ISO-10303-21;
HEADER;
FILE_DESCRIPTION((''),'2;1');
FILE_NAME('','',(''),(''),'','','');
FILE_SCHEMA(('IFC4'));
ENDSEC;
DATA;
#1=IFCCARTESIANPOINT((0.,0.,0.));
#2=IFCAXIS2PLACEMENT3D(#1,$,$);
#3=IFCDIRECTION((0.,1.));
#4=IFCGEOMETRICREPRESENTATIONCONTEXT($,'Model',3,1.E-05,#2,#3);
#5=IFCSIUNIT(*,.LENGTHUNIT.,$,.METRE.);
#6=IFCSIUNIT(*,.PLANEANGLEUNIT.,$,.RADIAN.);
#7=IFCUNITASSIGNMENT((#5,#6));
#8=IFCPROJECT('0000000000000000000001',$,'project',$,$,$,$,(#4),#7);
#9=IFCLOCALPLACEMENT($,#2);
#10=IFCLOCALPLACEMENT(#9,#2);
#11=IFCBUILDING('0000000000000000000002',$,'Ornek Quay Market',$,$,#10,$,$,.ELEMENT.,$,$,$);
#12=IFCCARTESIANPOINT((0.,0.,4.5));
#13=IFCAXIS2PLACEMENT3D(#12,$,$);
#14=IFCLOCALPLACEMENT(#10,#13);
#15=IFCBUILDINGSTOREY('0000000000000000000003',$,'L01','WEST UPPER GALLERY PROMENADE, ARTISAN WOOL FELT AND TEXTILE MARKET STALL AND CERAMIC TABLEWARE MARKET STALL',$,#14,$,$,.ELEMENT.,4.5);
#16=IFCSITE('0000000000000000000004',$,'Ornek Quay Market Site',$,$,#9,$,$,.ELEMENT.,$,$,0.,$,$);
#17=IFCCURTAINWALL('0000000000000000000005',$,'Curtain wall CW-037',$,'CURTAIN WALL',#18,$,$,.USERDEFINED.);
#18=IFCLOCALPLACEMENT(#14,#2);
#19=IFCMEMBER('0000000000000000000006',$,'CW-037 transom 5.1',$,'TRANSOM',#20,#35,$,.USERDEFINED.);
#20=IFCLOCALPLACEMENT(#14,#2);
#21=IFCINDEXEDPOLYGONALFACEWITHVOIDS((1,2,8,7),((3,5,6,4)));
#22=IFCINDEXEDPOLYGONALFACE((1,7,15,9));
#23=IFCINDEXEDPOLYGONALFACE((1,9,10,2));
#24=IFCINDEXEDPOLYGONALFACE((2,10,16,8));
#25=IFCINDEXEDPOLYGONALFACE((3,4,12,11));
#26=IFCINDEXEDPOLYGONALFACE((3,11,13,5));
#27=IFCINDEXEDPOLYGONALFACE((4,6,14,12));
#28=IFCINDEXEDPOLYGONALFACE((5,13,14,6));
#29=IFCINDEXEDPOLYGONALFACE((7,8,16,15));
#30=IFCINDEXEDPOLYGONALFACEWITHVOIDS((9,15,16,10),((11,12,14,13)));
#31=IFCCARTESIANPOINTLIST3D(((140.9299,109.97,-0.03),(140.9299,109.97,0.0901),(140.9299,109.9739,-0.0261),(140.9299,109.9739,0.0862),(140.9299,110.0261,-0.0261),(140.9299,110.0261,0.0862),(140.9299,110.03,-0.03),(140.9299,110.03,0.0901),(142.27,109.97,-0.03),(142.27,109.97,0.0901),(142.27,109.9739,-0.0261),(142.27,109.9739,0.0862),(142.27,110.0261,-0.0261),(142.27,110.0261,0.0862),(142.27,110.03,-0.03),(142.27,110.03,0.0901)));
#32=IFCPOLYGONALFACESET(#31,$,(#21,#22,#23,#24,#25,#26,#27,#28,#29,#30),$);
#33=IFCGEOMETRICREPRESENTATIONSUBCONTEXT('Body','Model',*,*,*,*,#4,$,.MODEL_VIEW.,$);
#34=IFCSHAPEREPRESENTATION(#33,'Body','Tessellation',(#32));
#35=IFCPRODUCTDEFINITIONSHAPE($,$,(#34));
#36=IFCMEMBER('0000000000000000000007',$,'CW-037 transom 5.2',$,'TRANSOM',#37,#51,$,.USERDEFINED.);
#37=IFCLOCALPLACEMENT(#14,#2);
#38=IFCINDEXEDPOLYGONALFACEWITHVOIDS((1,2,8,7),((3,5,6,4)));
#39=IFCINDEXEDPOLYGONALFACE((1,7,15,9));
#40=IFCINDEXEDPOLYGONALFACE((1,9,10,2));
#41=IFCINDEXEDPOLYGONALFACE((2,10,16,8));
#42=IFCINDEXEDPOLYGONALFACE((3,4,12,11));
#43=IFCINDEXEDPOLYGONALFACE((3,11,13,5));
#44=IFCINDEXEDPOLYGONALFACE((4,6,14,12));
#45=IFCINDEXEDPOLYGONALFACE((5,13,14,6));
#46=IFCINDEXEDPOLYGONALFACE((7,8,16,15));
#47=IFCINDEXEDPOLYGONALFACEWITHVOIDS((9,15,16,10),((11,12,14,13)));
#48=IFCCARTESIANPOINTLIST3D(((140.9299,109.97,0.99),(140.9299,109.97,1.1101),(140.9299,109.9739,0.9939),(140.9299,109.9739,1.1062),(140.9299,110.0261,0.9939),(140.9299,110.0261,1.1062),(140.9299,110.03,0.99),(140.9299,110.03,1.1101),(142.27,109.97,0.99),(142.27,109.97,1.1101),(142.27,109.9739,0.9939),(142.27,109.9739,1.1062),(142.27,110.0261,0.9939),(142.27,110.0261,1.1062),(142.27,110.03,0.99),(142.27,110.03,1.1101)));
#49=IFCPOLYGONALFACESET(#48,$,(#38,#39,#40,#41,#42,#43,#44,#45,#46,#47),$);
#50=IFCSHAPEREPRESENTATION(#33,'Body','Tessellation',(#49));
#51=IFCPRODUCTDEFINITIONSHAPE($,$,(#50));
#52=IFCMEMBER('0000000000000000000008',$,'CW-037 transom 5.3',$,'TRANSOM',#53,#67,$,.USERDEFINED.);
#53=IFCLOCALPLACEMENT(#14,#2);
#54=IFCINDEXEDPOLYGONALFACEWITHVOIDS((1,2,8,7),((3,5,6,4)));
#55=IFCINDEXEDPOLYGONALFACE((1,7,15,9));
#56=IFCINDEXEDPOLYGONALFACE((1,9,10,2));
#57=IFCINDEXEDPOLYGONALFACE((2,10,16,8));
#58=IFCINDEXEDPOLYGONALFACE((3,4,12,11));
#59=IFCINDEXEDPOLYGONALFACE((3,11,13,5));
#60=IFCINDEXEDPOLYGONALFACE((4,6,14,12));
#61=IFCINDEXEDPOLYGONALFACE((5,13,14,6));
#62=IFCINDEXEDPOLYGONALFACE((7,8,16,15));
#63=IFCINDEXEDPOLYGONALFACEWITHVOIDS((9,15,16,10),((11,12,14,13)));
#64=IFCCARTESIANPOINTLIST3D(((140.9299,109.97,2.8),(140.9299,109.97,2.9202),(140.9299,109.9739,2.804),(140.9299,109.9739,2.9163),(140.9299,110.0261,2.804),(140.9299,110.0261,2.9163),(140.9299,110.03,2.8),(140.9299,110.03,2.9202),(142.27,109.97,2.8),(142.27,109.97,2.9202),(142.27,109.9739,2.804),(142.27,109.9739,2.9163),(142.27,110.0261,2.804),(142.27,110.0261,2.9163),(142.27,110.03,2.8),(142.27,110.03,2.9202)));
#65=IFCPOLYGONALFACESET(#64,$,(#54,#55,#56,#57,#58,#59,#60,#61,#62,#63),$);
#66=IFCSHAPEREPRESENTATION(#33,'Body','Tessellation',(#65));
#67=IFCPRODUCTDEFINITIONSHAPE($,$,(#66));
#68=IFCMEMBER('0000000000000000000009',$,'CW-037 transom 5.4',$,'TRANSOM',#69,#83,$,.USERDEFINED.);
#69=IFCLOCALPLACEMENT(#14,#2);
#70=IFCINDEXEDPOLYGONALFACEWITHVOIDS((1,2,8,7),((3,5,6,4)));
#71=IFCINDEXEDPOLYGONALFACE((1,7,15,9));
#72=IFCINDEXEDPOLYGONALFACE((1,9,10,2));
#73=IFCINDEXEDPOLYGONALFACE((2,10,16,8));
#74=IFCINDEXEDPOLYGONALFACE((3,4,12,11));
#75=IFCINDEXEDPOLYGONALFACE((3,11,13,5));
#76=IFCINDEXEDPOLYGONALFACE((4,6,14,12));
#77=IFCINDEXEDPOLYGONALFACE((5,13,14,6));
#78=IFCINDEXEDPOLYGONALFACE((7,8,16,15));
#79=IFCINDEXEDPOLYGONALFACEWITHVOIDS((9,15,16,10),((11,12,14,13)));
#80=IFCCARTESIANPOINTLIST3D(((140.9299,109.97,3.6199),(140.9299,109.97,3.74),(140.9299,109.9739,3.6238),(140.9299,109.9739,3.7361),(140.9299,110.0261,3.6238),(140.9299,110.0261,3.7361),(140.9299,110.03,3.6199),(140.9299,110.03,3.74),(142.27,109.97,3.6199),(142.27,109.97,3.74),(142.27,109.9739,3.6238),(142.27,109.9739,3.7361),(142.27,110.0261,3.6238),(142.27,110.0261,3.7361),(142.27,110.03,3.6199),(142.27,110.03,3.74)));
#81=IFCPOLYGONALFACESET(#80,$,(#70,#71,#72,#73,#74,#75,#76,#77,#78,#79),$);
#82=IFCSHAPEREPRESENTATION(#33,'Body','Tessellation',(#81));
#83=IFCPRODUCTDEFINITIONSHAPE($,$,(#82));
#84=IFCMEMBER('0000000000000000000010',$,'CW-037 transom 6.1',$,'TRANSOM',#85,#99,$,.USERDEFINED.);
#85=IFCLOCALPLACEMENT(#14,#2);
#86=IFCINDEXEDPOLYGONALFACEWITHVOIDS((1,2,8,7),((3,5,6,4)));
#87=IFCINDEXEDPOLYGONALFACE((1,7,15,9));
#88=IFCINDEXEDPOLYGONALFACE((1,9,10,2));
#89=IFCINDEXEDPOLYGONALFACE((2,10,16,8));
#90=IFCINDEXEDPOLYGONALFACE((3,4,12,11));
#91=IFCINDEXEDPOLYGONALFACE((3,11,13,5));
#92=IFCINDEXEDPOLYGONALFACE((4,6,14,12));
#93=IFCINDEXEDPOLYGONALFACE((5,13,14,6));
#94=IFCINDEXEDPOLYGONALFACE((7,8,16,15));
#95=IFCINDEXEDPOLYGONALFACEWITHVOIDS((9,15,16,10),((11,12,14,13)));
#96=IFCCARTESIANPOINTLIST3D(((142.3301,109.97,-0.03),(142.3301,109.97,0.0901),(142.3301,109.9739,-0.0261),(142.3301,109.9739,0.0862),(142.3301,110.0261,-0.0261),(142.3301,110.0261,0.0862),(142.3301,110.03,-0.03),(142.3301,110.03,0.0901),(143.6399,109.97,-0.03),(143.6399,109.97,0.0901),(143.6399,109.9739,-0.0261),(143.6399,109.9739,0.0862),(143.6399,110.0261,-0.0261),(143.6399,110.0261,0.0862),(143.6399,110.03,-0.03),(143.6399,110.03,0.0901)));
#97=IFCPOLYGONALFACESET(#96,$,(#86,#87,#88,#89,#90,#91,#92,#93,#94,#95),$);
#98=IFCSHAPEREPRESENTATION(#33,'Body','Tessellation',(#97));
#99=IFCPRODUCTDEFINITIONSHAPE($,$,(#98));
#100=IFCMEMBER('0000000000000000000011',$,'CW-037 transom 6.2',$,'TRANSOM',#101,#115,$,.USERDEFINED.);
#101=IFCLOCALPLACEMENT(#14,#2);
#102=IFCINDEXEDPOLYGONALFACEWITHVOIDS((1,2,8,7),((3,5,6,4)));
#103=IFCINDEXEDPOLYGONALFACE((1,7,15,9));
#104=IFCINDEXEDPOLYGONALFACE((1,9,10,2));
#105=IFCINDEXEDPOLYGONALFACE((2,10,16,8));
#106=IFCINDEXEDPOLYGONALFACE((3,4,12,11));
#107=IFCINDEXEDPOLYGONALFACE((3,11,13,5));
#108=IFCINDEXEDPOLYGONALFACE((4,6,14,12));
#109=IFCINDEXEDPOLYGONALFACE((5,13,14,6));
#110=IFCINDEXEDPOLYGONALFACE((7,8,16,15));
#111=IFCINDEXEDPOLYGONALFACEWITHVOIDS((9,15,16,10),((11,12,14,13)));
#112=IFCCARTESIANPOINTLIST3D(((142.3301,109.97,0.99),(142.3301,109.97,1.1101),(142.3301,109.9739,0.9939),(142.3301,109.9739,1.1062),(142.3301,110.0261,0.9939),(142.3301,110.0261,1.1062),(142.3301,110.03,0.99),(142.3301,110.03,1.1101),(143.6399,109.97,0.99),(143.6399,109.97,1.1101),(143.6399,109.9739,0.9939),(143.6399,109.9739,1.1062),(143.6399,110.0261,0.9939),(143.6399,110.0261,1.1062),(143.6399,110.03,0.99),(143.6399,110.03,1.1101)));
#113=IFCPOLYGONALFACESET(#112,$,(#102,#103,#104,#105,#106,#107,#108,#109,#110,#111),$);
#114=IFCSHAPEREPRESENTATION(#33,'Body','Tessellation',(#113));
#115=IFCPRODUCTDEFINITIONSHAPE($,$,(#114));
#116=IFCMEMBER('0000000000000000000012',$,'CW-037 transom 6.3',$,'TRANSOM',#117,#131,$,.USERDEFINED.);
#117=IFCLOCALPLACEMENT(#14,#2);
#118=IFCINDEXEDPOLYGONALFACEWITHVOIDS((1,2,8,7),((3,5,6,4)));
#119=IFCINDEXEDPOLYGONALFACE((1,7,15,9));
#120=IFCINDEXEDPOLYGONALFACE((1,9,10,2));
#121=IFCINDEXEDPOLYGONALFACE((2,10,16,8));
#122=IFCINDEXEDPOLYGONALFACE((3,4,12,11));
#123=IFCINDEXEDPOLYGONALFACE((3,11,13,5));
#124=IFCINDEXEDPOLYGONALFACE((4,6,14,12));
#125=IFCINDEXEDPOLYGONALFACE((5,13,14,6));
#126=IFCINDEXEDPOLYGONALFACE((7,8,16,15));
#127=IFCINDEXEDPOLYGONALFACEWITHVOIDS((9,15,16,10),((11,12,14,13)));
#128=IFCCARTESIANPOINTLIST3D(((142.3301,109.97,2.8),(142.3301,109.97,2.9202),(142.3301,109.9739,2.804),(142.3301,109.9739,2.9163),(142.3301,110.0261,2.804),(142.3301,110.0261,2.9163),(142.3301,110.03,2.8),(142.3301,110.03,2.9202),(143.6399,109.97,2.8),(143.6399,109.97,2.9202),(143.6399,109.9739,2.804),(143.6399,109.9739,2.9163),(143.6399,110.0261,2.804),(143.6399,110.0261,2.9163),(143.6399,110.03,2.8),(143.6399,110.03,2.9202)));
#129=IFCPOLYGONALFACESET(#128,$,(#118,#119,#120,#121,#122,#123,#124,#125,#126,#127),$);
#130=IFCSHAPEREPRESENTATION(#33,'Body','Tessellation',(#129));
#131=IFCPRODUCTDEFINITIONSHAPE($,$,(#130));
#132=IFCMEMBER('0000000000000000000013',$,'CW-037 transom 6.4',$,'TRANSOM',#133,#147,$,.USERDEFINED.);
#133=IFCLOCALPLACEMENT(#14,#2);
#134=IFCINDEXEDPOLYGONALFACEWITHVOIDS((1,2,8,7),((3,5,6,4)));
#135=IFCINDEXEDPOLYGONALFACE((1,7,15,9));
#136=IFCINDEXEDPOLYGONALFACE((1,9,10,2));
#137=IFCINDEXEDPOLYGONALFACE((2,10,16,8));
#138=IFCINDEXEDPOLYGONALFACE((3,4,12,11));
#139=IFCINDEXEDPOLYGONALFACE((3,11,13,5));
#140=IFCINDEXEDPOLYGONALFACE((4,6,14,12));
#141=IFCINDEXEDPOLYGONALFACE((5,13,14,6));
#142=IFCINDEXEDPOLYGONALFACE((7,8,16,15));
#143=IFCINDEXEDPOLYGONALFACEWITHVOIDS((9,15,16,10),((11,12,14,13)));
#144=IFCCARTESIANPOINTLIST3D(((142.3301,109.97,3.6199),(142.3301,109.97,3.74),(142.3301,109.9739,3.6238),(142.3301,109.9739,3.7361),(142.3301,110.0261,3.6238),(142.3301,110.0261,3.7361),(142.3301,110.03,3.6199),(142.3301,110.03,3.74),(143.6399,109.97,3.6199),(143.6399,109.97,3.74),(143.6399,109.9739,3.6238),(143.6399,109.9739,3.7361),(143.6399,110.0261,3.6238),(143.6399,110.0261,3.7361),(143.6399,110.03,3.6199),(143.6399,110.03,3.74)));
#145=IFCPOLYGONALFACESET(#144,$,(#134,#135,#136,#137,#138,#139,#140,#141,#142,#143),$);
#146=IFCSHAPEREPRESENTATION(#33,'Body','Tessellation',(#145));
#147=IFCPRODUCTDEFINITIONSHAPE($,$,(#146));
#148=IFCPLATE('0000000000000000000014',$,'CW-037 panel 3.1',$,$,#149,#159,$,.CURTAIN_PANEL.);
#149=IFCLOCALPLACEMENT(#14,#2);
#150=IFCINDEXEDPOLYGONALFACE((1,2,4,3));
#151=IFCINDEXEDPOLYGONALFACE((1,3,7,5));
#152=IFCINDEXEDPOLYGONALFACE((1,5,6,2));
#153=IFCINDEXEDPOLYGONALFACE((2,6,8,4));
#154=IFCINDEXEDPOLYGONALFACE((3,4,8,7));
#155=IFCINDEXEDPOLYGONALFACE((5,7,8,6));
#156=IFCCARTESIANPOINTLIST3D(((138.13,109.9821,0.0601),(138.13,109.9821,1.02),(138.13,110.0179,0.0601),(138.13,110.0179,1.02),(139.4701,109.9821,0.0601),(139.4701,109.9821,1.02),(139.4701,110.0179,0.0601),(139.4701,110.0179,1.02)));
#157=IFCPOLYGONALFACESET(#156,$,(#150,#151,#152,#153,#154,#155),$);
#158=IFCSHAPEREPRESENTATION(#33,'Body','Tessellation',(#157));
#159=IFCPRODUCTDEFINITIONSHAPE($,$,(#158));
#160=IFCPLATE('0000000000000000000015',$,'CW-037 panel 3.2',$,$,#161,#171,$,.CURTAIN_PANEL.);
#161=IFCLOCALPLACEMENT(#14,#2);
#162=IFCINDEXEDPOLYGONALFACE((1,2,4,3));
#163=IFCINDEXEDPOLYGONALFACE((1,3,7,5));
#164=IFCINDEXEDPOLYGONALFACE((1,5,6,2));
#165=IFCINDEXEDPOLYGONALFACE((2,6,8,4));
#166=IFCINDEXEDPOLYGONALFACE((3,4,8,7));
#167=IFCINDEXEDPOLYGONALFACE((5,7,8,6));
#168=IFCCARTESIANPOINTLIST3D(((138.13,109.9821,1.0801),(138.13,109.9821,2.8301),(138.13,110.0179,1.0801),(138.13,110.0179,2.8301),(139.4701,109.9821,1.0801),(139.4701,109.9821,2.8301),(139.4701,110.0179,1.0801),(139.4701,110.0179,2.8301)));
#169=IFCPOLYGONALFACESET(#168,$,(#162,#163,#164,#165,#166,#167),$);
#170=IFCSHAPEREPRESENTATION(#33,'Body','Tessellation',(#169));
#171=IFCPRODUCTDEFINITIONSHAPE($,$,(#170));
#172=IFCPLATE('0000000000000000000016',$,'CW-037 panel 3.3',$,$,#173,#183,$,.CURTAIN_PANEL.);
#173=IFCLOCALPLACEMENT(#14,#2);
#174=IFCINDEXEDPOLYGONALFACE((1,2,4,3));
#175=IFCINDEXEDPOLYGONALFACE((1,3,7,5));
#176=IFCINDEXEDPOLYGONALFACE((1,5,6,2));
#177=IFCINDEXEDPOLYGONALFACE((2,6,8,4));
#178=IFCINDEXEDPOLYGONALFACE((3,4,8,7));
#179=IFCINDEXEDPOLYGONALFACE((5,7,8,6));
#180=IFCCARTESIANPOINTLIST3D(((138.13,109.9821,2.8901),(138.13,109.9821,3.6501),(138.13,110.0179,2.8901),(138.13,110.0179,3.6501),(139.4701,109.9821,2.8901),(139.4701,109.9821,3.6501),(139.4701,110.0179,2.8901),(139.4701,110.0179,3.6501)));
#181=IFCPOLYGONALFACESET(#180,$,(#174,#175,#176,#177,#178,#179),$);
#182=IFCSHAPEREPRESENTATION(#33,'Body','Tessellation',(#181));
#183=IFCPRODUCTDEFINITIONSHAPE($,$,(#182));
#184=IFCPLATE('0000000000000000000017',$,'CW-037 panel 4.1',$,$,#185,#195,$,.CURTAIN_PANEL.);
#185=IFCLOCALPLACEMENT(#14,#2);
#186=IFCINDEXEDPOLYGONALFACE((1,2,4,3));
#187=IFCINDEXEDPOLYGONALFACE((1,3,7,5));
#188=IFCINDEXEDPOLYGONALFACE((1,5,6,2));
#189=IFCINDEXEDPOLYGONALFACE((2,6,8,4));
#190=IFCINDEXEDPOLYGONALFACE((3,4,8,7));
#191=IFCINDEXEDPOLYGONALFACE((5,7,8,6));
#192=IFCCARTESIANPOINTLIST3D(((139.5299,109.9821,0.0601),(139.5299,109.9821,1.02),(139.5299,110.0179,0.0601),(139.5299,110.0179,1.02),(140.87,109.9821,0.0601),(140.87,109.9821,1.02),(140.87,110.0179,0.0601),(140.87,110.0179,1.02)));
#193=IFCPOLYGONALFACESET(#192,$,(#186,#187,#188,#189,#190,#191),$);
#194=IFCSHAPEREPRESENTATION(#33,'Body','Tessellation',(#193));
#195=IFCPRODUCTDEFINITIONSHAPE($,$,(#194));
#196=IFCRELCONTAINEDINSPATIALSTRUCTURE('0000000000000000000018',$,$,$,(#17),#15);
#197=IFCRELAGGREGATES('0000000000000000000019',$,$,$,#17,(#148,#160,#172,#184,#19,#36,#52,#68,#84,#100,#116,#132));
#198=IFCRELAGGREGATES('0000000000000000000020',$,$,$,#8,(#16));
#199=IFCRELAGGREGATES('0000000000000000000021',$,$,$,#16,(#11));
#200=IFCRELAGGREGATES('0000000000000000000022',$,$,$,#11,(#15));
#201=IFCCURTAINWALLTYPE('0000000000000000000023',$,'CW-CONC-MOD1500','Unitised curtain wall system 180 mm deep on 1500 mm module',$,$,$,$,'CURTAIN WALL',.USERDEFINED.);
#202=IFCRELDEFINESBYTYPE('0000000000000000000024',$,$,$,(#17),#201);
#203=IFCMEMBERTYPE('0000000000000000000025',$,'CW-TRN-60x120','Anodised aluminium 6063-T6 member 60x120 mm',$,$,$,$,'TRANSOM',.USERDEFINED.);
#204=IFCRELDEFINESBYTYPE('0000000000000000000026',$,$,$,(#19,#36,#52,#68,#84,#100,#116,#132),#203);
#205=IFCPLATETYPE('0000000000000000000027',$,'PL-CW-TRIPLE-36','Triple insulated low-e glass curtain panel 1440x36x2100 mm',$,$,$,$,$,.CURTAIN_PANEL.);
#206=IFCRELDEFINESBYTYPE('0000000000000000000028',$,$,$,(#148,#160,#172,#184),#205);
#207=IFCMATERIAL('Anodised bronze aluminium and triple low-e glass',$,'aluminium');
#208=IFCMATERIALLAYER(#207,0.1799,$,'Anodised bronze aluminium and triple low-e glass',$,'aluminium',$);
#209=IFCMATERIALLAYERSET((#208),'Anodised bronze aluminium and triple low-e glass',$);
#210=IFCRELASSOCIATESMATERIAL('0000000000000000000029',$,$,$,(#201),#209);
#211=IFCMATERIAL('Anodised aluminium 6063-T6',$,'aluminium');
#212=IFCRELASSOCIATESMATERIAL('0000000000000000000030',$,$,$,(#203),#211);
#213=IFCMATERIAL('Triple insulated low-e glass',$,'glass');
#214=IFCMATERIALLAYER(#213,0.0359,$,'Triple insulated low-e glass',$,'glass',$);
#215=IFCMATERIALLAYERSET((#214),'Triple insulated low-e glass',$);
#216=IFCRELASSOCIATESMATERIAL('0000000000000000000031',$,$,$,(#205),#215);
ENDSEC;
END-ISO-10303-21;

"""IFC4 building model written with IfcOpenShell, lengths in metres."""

from ifc_helpers import new_model, si_unit, direction, frame, origin, origin_2d, place, context, subcontext, project, spatial, rectangle, hollow_rectangle, extrude, material, layer, layer_set, material_profile, profile_set, type_object, element, aggregate, save


model = new_model("IFC4")

# Units and contexts
model_context = context("Model", 3, precision=1e-05, world=origin(), true_north=direction((0.0, 1.0)))
body_context = subcontext(model_context, "Body", "Model", "MODEL_VIEW")
ifc_project = project(units=[si_unit("LENGTHUNIT", "METRE"), si_unit("PLANEANGLEUNIT", "RADIAN")], contexts=[model_context])

# Site, building, storey
site_placement = place(None, origin())
site = spatial("IfcSite", under=ifc_project, at=site_placement, Name="Ornek Quay Market Site", CompositionType="ELEMENT", RefElevation=0.0)
building_placement = place(site_placement, origin())
building = spatial("IfcBuilding", under=site, at=building_placement, Name="Ornek Quay Market", CompositionType="ELEMENT")
storey_placement = place(building_placement, frame((0.0, 0.0, 4.5)))
storey = spatial("IfcBuildingStorey", under=building, at=storey_placement, Name="L01", Description="WEST UPPER GALLERY PROMENADE, ARTISAN WOOL FELT AND TEXTILE MARKET STALL AND CERAMIC TABLEWARE MARKET STALL", CompositionType="ELEMENT", Elevation=4.5)

# Curtain wall, members, plates
ifc_material_1 = material(Name="Anodised bronze aluminium and triple low-e glass", Category="aluminium")
ifc_layer_1 = layer(ifc_material_1, 0.1799, Name="Anodised bronze aluminium and triple low-e glass", Category="aluminium")
ifc_layer_set_1 = layer_set([ifc_layer_1], Name="Anodised bronze aluminium and triple low-e glass")
curtain_wall_type = type_object("IfcCurtainWallType", Name="CW-CONC-MOD1500", Description="Unitised curtain wall system 180 mm deep on 1500 mm module", ElementType="CURTAIN WALL", PredefinedType="USERDEFINED", material=ifc_layer_set_1)
curtain_wall_placement = place(storey_placement, origin())
curtain_wall = element("IfcCurtainWall", 1, at=curtain_wall_placement, inside=storey, type_object=curtain_wall_type, Name="Curtain wall CW-037", ObjectType="CURTAIN WALL", PredefinedType="USERDEFINED")
ifc_material_2 = material(Name="Anodised aluminium 6063-T6", Category="aluminium")
ifc_material_profile_1 = material_profile(ifc_material_2, hollow_rectangle(XDim=0.0601, YDim=0.1201, WallThickness=0.0039, at=origin_2d()), Name="CW-TRN-60x120", Category="aluminium")
ifc_profile_set_1 = profile_set([ifc_material_profile_1], Name="Anodised aluminium 6063-T6")
member_type_1 = type_object("IfcMemberType", Name="CW-TRN-60x120", Description="Anodised aluminium 6063-T6 member 60x120 mm", ElementType="TRANSOM", PredefinedType="USERDEFINED", material=ifc_profile_set_1)
member_1_placement = place(storey_placement, frame((140.9299, 110.0, 0.03), z_axis=(1.0, 0.0, 0.0), x_axis=(0.0, 1.0, 0.0)))
member_1 = element("IfcMember", 2, at=member_1_placement, type_object=member_type_1, Name="CW-037 transom 5.1", ObjectType="TRANSOM", PredefinedType="USERDEFINED", context=body_context, shape_type="SweptSolid", body=[
    extrude(hollow_rectangle(XDim=0.0601, YDim=0.1201, WallThickness=0.0039, at=origin_2d()), origin(), (0.0, 0.0, 1.0), 1.3401),
])
member_2_placement = place(storey_placement, frame((140.9299, 110.0, 1.05), z_axis=(1.0, 0.0, 0.0), x_axis=(0.0, 1.0, 0.0)))
member_2 = element("IfcMember", 3, at=member_2_placement, type_object=member_type_1, Name="CW-037 transom 5.2", ObjectType="TRANSOM", PredefinedType="USERDEFINED", context=body_context, shape_type="SweptSolid", body=[
    extrude(hollow_rectangle(XDim=0.0601, YDim=0.1201, WallThickness=0.0039, at=origin_2d()), origin(), (0.0, 0.0, 1.0), 1.3401),
])
member_3_placement = place(storey_placement, frame((140.9299, 110.0, 2.8601), z_axis=(1.0, 0.0, 0.0), x_axis=(0.0, 1.0, 0.0)))
member_3 = element("IfcMember", 4, at=member_3_placement, type_object=member_type_1, Name="CW-037 transom 5.3", ObjectType="TRANSOM", PredefinedType="USERDEFINED", context=body_context, shape_type="SweptSolid", body=[
    extrude(hollow_rectangle(XDim=0.0601, YDim=0.1201, WallThickness=0.0039, at=origin_2d()), origin(), (0.0, 0.0, 1.0), 1.3401),
])
member_4_placement = place(storey_placement, frame((140.9299, 110.0, 3.6799), z_axis=(1.0, 0.0, 0.0), x_axis=(0.0, 1.0, 0.0)))
member_4 = element("IfcMember", 5, at=member_4_placement, type_object=member_type_1, Name="CW-037 transom 5.4", ObjectType="TRANSOM", PredefinedType="USERDEFINED", context=body_context, shape_type="SweptSolid", body=[
    extrude(hollow_rectangle(XDim=0.0601, YDim=0.1201, WallThickness=0.0039, at=origin_2d()), origin(), (0.0, 0.0, 1.0), 1.3401),
])
member_5_placement = place(storey_placement, frame((142.3301, 110.0, 0.03), z_axis=(1.0, 0.0, 0.0), x_axis=(0.0, 1.0, 0.0)))
member_5 = element("IfcMember", 6, at=member_5_placement, type_object=member_type_1, Name="CW-037 transom 6.1", ObjectType="TRANSOM", PredefinedType="USERDEFINED", context=body_context, shape_type="SweptSolid", body=[
    extrude(hollow_rectangle(XDim=0.0601, YDim=0.1201, WallThickness=0.0039, at=origin_2d()), origin(), (0.0, 0.0, 1.0), 1.3098),
])
member_6_placement = place(storey_placement, frame((142.3301, 110.0, 1.05), z_axis=(1.0, 0.0, 0.0), x_axis=(0.0, 1.0, 0.0)))
member_6 = element("IfcMember", 7, at=member_6_placement, type_object=member_type_1, Name="CW-037 transom 6.2", ObjectType="TRANSOM", PredefinedType="USERDEFINED", context=body_context, shape_type="SweptSolid", body=[
    extrude(hollow_rectangle(XDim=0.0601, YDim=0.1201, WallThickness=0.0039, at=origin_2d()), origin(), (0.0, 0.0, 1.0), 1.3098),
])
member_7_placement = place(storey_placement, frame((142.3301, 110.0, 2.8601), z_axis=(1.0, 0.0, 0.0), x_axis=(0.0, 1.0, 0.0)))
member_7 = element("IfcMember", 8, at=member_7_placement, type_object=member_type_1, Name="CW-037 transom 6.3", ObjectType="TRANSOM", PredefinedType="USERDEFINED", context=body_context, shape_type="SweptSolid", body=[
    extrude(hollow_rectangle(XDim=0.0601, YDim=0.1201, WallThickness=0.0039, at=origin_2d()), origin(), (0.0, 0.0, 1.0), 1.3098),
])
member_8_placement = place(storey_placement, frame((142.3301, 110.0, 3.6799), z_axis=(1.0, 0.0, 0.0), x_axis=(0.0, 1.0, 0.0)))
member_8 = element("IfcMember", 9, at=member_8_placement, type_object=member_type_1, Name="CW-037 transom 6.4", ObjectType="TRANSOM", PredefinedType="USERDEFINED", context=body_context, shape_type="SweptSolid", body=[
    extrude(hollow_rectangle(XDim=0.0601, YDim=0.1201, WallThickness=0.0039, at=origin_2d()), origin(), (0.0, 0.0, 1.0), 1.3098),
])
ifc_material_3 = material(Name="Triple insulated low-e glass", Category="glass")
ifc_layer_2 = layer(ifc_material_3, 0.0359, Name="Triple insulated low-e glass", Category="glass")
ifc_layer_set_2 = layer_set([ifc_layer_2], Name="Triple insulated low-e glass")
plate_type_1 = type_object("IfcPlateType", Name="PL-CW-TRIPLE-36", Description="Triple insulated low-e glass curtain panel 1440x36x2100 mm", PredefinedType="CURTAIN_PANEL", material=ifc_layer_set_2)
plate_1_placement = place(storey_placement, frame((138.8, 110.0, 0.0601), z_axis=(0.0, 0.0, 1.0), x_axis=(1.0, 0.0, 0.0)))
plate_1 = element("IfcPlate", 10, at=plate_1_placement, type_object=plate_type_1, Name="CW-037 panel 3.1", PredefinedType="CURTAIN_PANEL", context=body_context, shape_type="SweptSolid", body=[
    extrude(rectangle(XDim=1.3401, YDim=0.0359, at=origin_2d()), origin(), (0.0, 0.0, 1.0), 0.96),
])
plate_2_placement = place(storey_placement, frame((138.8, 110.0, 1.0801), z_axis=(0.0, 0.0, 1.0), x_axis=(1.0, 0.0, 0.0)))
plate_2 = element("IfcPlate", 11, at=plate_2_placement, type_object=plate_type_1, Name="CW-037 panel 3.2", PredefinedType="CURTAIN_PANEL", context=body_context, shape_type="SweptSolid", body=[
    extrude(rectangle(XDim=1.3401, YDim=0.0359, at=origin_2d()), origin(), (0.0, 0.0, 1.0), 1.75),
])
plate_3_placement = place(storey_placement, frame((138.8, 110.0, 2.8901), z_axis=(0.0, 0.0, 1.0), x_axis=(1.0, 0.0, 0.0)))
plate_3 = element("IfcPlate", 12, at=plate_3_placement, type_object=plate_type_1, Name="CW-037 panel 3.3", PredefinedType="CURTAIN_PANEL", context=body_context, shape_type="SweptSolid", body=[
    extrude(rectangle(XDim=1.3401, YDim=0.0359, at=origin_2d()), origin(), (0.0, 0.0, 1.0), 0.76),
])
plate_4_placement = place(storey_placement, frame((140.2, 110.0, 0.0601), z_axis=(0.0, 0.0, 1.0), x_axis=(1.0, 0.0, 0.0)))
plate_4 = element("IfcPlate", 13, at=plate_4_placement, type_object=plate_type_1, Name="CW-037 panel 4.1", PredefinedType="CURTAIN_PANEL", context=body_context, shape_type="SweptSolid", body=[
    extrude(rectangle(XDim=1.3401, YDim=0.0359, at=origin_2d()), origin(), (0.0, 0.0, 1.0), 0.96),
])
aggregate(curtain_wall, [plate_1, plate_2, plate_3, plate_4, member_1, member_2, member_3, member_4, member_5, member_6, member_7, member_8])

save(model, "model.ifc")
